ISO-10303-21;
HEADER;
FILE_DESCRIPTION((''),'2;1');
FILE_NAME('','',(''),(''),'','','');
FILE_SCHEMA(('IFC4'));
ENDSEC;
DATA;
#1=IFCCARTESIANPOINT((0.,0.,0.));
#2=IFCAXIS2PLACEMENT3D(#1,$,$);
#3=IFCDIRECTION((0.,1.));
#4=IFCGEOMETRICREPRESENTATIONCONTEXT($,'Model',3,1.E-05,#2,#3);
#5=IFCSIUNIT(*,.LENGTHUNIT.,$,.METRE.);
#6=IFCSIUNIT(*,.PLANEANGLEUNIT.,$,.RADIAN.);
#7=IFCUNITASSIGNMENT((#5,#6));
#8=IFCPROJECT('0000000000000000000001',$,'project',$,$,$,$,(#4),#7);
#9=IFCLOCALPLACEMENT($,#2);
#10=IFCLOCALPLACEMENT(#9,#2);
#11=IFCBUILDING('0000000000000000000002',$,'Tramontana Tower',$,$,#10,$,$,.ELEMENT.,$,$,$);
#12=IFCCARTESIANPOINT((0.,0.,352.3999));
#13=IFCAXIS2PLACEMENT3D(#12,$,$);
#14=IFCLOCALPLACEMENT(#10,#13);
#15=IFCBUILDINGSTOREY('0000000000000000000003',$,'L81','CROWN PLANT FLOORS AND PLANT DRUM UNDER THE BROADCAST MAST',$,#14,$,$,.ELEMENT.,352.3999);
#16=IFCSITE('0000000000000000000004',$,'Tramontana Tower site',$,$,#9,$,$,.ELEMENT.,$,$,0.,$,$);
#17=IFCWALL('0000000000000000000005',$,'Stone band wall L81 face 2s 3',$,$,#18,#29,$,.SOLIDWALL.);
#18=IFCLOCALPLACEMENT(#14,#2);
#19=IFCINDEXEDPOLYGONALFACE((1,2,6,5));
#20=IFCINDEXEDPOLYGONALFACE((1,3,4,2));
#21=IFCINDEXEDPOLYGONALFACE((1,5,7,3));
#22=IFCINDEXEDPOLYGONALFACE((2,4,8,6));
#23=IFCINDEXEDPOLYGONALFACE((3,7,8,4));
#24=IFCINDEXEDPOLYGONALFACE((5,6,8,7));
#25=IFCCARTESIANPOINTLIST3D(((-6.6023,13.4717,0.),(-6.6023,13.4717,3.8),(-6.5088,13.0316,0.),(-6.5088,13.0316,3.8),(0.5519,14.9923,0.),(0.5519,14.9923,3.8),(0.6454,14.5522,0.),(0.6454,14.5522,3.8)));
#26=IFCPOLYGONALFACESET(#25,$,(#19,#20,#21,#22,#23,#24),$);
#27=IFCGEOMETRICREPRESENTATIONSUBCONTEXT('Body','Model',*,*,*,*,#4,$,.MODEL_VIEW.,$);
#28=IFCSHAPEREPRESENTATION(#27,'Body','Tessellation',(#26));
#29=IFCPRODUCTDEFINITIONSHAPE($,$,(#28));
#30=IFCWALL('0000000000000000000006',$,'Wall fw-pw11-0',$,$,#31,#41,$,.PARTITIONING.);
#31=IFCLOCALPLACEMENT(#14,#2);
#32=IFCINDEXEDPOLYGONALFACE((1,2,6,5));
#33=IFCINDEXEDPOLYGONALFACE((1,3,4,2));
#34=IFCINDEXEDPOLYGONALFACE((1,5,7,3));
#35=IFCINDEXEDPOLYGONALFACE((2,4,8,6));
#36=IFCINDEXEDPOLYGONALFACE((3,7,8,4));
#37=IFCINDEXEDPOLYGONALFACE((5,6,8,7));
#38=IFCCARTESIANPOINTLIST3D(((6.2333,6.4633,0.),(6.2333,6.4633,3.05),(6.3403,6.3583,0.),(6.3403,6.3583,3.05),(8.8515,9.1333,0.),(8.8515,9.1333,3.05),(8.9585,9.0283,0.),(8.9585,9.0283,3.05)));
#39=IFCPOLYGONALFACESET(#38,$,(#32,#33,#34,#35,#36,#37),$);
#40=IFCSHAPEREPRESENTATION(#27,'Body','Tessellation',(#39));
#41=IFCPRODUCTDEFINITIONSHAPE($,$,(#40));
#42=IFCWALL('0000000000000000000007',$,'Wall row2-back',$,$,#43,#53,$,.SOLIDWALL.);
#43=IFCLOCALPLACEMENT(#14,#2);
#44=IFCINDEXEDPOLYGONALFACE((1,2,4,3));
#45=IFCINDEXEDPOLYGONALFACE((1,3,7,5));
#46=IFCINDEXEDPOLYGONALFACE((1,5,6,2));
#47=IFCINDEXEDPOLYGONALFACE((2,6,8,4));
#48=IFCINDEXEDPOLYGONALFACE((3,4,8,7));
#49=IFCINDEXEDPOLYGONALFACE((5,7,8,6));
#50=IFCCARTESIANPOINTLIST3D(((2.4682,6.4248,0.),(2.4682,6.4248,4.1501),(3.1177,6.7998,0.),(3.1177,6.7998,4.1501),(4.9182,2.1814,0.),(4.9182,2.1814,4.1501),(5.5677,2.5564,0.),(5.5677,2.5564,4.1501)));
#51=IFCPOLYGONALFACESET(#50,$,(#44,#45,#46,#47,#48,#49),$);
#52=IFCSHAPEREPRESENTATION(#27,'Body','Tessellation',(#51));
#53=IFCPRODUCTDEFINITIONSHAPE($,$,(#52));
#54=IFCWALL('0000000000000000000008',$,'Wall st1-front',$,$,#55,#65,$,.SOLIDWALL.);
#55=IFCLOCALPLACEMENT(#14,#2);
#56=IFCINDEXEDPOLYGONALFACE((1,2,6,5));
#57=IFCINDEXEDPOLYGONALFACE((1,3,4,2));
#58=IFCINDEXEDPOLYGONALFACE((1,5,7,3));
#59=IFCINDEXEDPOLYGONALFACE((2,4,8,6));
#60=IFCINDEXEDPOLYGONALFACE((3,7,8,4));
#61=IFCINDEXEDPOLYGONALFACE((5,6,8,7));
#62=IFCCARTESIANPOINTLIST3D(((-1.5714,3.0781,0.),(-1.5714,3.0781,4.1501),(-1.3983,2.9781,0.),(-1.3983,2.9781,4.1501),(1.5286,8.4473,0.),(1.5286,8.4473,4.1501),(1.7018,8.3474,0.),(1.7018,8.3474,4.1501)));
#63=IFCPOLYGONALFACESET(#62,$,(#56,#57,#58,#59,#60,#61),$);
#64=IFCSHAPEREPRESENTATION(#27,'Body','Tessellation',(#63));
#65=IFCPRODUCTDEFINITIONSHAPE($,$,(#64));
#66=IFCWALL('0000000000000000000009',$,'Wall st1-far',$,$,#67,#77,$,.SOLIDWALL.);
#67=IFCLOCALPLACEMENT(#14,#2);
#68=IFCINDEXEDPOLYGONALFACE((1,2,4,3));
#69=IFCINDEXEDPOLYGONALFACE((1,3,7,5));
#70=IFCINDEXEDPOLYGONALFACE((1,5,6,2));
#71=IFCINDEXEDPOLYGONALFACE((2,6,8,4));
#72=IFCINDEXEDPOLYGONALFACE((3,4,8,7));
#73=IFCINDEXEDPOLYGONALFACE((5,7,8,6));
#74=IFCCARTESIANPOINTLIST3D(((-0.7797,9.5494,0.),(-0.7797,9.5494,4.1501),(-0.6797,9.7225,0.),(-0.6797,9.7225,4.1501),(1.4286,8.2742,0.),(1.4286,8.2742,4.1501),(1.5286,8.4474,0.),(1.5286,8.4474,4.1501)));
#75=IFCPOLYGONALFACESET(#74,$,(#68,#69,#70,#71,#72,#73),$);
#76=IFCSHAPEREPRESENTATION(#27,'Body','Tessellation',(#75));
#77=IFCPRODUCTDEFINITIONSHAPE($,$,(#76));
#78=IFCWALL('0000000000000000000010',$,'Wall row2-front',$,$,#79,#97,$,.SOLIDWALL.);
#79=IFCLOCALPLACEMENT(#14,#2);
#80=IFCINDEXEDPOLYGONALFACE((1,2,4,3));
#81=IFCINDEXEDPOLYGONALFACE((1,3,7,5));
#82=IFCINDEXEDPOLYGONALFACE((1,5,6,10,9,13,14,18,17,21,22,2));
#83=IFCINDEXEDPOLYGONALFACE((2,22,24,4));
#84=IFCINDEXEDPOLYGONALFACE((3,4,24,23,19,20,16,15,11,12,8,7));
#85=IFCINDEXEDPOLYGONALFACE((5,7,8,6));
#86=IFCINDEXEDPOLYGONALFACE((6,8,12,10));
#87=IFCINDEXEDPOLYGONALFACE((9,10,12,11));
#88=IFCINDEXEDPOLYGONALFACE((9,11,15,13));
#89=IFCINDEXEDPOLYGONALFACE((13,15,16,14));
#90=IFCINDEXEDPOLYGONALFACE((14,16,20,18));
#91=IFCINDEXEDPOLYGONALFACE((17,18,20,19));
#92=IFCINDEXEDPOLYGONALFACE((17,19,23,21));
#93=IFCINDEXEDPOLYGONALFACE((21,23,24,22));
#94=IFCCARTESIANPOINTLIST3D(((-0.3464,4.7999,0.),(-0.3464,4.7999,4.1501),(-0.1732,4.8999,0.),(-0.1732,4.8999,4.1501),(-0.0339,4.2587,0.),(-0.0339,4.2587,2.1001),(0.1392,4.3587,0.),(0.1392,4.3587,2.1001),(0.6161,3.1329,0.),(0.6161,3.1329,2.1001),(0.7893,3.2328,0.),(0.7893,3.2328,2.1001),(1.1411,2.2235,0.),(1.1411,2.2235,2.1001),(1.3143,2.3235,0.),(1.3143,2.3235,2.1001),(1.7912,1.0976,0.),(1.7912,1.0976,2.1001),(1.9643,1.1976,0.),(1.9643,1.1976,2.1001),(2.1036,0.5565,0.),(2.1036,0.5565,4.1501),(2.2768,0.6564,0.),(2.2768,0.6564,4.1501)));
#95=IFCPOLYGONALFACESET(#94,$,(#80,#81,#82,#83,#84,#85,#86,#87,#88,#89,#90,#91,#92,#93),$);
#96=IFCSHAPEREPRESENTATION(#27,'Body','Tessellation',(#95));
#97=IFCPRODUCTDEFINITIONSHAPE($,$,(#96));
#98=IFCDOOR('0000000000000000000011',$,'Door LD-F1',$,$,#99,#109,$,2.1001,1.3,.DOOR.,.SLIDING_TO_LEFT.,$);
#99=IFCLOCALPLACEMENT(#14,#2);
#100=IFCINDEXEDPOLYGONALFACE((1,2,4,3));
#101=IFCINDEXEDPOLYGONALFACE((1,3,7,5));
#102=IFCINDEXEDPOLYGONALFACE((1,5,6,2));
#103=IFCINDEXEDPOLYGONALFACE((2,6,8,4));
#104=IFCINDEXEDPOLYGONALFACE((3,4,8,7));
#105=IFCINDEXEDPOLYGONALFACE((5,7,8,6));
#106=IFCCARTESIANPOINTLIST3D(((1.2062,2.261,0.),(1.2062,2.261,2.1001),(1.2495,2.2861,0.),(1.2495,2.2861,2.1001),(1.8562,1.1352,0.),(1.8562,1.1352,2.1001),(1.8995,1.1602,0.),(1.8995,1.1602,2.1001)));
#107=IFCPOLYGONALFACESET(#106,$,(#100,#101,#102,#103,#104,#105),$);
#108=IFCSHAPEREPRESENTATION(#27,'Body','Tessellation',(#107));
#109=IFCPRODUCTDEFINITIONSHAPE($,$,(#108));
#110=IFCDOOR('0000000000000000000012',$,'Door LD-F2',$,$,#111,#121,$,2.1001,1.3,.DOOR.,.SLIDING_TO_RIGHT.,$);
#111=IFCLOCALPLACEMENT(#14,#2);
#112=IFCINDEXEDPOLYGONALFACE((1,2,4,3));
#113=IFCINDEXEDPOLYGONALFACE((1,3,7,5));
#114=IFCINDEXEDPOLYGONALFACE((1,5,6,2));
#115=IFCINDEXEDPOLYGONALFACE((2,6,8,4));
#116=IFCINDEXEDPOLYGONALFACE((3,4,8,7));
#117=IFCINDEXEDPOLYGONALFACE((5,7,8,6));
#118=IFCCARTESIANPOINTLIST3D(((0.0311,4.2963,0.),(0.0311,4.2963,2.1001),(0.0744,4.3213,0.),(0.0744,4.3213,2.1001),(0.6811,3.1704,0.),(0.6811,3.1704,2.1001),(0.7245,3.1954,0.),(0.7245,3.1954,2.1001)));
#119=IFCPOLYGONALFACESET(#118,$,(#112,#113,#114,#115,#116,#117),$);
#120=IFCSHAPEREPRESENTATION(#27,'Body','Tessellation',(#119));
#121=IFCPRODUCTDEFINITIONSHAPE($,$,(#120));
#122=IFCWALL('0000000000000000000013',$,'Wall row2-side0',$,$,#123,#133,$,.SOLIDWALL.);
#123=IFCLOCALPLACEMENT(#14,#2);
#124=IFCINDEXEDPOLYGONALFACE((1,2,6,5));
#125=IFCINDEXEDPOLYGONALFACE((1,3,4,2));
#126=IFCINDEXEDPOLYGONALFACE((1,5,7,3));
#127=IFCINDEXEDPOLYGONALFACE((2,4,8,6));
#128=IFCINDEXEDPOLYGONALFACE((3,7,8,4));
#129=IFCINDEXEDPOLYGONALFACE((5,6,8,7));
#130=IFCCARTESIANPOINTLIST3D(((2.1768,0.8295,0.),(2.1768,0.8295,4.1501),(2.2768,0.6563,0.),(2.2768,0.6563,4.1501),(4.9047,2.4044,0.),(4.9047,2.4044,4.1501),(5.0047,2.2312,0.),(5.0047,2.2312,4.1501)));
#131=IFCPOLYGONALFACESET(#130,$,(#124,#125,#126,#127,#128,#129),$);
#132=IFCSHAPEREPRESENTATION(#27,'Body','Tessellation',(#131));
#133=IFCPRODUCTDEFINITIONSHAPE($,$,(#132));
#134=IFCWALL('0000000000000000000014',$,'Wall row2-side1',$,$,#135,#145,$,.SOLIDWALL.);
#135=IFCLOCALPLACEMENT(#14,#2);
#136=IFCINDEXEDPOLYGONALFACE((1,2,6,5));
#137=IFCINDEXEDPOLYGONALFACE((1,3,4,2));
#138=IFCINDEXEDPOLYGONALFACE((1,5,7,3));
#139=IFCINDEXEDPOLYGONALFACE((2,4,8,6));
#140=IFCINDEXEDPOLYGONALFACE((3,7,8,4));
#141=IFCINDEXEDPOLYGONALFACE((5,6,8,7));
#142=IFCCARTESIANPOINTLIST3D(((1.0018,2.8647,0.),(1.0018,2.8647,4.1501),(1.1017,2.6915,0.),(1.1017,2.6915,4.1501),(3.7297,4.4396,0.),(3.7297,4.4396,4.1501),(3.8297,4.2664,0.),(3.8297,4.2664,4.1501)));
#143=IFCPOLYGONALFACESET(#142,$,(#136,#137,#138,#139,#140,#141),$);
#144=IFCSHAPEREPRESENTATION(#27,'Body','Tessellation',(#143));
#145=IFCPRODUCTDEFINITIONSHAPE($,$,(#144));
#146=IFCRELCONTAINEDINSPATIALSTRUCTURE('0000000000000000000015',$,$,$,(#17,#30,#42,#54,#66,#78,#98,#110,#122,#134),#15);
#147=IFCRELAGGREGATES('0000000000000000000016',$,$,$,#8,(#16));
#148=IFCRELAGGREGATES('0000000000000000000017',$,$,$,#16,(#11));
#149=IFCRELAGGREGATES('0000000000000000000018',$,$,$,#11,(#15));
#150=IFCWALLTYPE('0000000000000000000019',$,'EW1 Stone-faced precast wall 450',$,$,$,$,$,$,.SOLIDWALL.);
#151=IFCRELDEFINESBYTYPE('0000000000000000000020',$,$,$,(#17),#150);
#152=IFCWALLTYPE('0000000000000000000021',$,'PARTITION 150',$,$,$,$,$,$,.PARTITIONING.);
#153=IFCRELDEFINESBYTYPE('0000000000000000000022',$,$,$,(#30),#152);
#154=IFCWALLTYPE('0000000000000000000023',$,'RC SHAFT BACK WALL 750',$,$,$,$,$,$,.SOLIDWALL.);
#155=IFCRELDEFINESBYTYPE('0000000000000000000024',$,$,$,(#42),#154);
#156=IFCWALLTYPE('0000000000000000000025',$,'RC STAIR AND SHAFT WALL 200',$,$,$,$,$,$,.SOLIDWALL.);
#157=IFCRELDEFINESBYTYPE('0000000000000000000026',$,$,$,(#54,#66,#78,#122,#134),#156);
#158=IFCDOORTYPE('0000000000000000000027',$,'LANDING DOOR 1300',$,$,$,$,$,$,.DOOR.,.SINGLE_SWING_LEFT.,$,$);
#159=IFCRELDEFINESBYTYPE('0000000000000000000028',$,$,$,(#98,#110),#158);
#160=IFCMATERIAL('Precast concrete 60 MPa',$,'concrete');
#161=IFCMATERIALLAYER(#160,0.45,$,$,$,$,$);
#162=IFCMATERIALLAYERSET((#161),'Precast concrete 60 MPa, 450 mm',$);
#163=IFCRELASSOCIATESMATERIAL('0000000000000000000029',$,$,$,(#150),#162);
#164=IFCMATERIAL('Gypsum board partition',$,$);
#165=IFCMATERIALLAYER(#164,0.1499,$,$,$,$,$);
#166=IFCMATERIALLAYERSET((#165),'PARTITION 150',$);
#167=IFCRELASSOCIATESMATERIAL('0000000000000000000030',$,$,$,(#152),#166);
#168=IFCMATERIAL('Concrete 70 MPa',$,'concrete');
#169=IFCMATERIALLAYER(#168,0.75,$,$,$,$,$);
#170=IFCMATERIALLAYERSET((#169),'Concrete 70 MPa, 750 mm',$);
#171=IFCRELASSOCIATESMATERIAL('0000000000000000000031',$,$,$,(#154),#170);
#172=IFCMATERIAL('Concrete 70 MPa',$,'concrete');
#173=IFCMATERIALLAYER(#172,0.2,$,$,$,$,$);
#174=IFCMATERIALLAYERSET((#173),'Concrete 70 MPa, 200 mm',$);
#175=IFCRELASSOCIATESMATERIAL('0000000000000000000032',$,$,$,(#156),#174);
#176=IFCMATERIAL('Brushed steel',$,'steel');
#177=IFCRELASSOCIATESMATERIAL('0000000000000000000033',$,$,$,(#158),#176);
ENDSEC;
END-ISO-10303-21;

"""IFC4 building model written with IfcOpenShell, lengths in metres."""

from ifc_helpers import new_model, si_unit, direction, frame, frame_2d, origin, place, context, subcontext, project, spatial, rectangle, extrude, material, layer, layer_set, type_object, element, fill, save


model = new_model("IFC4")

# Units and contexts
model_context = context("Model", 3, precision=1e-05, world=origin(), true_north=direction((0.0, 1.0)))
body_context = subcontext(model_context, "Body", "Model", "MODEL_VIEW")
ifc_project = project(units=[si_unit("LENGTHUNIT", "METRE"), si_unit("PLANEANGLEUNIT", "RADIAN")], contexts=[model_context])

# Site, building, storey
site_placement = place(None, origin())
site = spatial("IfcSite", under=ifc_project, at=site_placement, Name="Tramontana Tower site", CompositionType="ELEMENT", RefElevation=0.0)
building_placement = place(site_placement, origin())
building = spatial("IfcBuilding", under=site, at=building_placement, Name="Tramontana Tower", CompositionType="ELEMENT")
storey_placement = place(building_placement, frame((0.0, 0.0, 352.3999)))
storey = spatial("IfcBuildingStorey", under=building, at=storey_placement, Name="L81", Description="CROWN PLANT FLOORS AND PLANT DRUM UNDER THE BROADCAST MAST", CompositionType="ELEMENT", Elevation=352.3999)

# Walls
ifc_material_1 = material(Name="Precast concrete 60 MPa", Category="concrete")
ifc_layer_1 = layer(ifc_material_1, 0.45)
ifc_layer_set_1 = layer_set([ifc_layer_1], Name="Precast concrete 60 MPa, 450 mm")
wall_type_1 = type_object("IfcWallType", Name="EW1 Stone-faced precast wall 450", PredefinedType="SOLIDWALL", material=ifc_layer_set_1)
wall_1_placement = place(storey_placement, frame((0.5986, 14.7722, 0.0), z_axis=(0.0, 0.0, 1.0), x_axis=(-0.978151, -0.207894, 0.0)))
element("IfcWall", 1, at=wall_1_placement, inside=storey, type_object=wall_type_1, Name="Stone band wall L81 face 2s 3", PredefinedType="SOLIDWALL", context=body_context, shape_type="SweptSolid", body=[
    extrude(rectangle(XDim=7.314, YDim=0.45, at=frame_2d((3.657, 0.0))), origin(), (0.0, 0.0, 1.0), 3.8),
])
ifc_material_2 = material(Name="Gypsum board partition")
ifc_layer_2 = layer(ifc_material_2, 0.1499)
ifc_layer_set_2 = layer_set([ifc_layer_2], Name="PARTITION 150")
wall_type_2 = type_object("IfcWallType", Name="PARTITION 150", PredefinedType="PARTITIONING", material=ifc_layer_set_2)
wall_2_placement = place(storey_placement, frame((6.2869, 6.4109, 0.0), z_axis=(0.0, 0.0, 1.0), x_axis=(0.700152, 0.713993, 0.0)))
element("IfcWall", 2, at=wall_2_placement, inside=storey, type_object=wall_type_2, Name="Wall fw-pw11-0", PredefinedType="PARTITIONING", context=body_context, shape_type="SweptSolid", body=[
    extrude(rectangle(XDim=3.7395, YDim=0.1499, at=frame_2d((1.8696, 0.0))), origin(), (0.0, 0.0, 1.0), 3.05),
])
ifc_material_3 = material(Name="Concrete 70 MPa", Category="concrete")
ifc_layer_3 = layer(ifc_material_3, 0.75)
ifc_layer_set_3 = layer_set([ifc_layer_3], Name="Concrete 70 MPa, 750 mm")
wall_type_3 = type_object("IfcWallType", Name="RC SHAFT BACK WALL 750", PredefinedType="SOLIDWALL", material=ifc_layer_set_3)
wall_3_placement = place(storey_placement, frame((5.2429, 2.3689, 0.0), z_axis=(0.0, 0.0, 1.0), x_axis=(-0.500003, 0.866024, 0.0)))
element("IfcWall", 3, at=wall_3_placement, inside=storey, type_object=wall_type_3, Name="Wall row2-back", PredefinedType="SOLIDWALL", context=body_context, shape_type="SweptSolid", body=[
    extrude(rectangle(XDim=4.8999, YDim=0.75, at=frame_2d((2.45, 0.0))), origin(), (0.0, 0.0, 1.0), 4.1501),
])
ifc_material_4 = material(Name="Concrete 70 MPa", Category="concrete")
ifc_layer_4 = layer(ifc_material_4, 0.2)
ifc_layer_set_4 = layer_set([ifc_layer_4], Name="Concrete 70 MPa, 200 mm")
wall_type_4 = type_object("IfcWallType", Name="RC STAIR AND SHAFT WALL 200", PredefinedType="SOLIDWALL", material=ifc_layer_set_4)
wall_4_placement = place(storey_placement, frame((1.6152, 8.3975, 0.0), z_axis=(0.0, 0.0, 1.0), x_axis=(-0.50001, -0.86602, 0.0)))
element("IfcWall", 4, at=wall_4_placement, inside=storey, type_object=wall_type_4, Name="Wall st1-front", PredefinedType="SOLIDWALL", context=body_context, shape_type="SweptSolid", body=[
    extrude(rectangle(XDim=6.2, YDim=0.2, at=frame_2d((3.1001, 0.0))), origin(), (0.0, 0.0, 1.0), 4.1501),
])
wall_5_placement = place(storey_placement, frame((1.4785, 8.3608, 0.0), z_axis=(0.0, 0.0, 1.0), x_axis=(-0.865989, 0.500062, 0.0)))
element("IfcWall", 5, at=wall_5_placement, inside=storey, type_object=wall_type_4, Name="Wall st1-far", PredefinedType="SOLIDWALL", context=body_context, shape_type="SweptSolid", body=[
    extrude(rectangle(XDim=2.55, YDim=0.2, at=frame_2d((1.2749, 0.0))), origin(), (0.0, 0.0, 1.0), 4.1501),
])

# Wall, openings, doors
wall_6_placement = place(storey_placement, frame((2.1902, 0.6064, 0.0), z_axis=(0.0, 0.0, 1.0), x_axis=(-0.500003, 0.866024, 0.0)))
wall_6 = element("IfcWall", 6, at=wall_6_placement, inside=storey, type_object=wall_type_4, Name="Wall row2-front", PredefinedType="SOLIDWALL", context=body_context, shape_type="SweptSolid", body=[
    extrude(rectangle(XDim=4.8999, YDim=0.2, at=frame_2d((2.45, 0.0))), origin(), (0.0, 0.0, 1.0), 4.1501),
])
opening_1_placement = place(wall_6_placement, frame((0.625, 0.0, 0.0)))
opening_1 = element("IfcOpeningElement", 7, at=opening_1_placement, cuts=wall_6, PredefinedType="OPENING", context=body_context, shape_type="SweptSolid", body=[
    extrude(rectangle(XDim=1.3, YDim=2.1001, at=frame_2d((0.6499, 1.05))), frame((0.0, 0.1099, 0.0), z_axis=(0.0, -1.0, 0.0), x_axis=(1.0, 0.0, 0.0)), (0.0, 0.0, 1.0), 0.22),
])
opening_2_placement = place(wall_6_placement, frame((2.9751, 0.0, 0.0)))
opening_2 = element("IfcOpeningElement", 8, at=opening_2_placement, cuts=wall_6, PredefinedType="OPENING", context=body_context, shape_type="SweptSolid", body=[
    extrude(rectangle(XDim=1.3, YDim=2.1001, at=frame_2d((0.6499, 1.05))), frame((0.0, 0.1099, 0.0), z_axis=(0.0, -1.0, 0.0), x_axis=(1.0, 0.0, 0.0)), (0.0, 0.0, 1.0), 0.22),
])
ifc_material_5 = material(Name="Brushed steel", Category="steel")
door_type_1 = type_object("IfcDoorType", Name="LANDING DOOR 1300", OperationType="SINGLE_SWING_LEFT", PredefinedType="DOOR", material=ifc_material_5)
door_1_placement = place(opening_1_placement, origin())
door_1 = element("IfcDoor", 9, at=door_1_placement, inside=storey, type_object=door_type_1, Name="Door LD-F1", OperationType="SLIDING_TO_LEFT", OverallHeight=2.1001, OverallWidth=1.3, PredefinedType="DOOR", context=body_context, shape_type="SweptSolid", body=[
    extrude(rectangle(XDim=1.3, YDim=2.1001, at=frame_2d((0.6499, 1.05))), frame((0.0, 0.0249, 0.0), z_axis=(0.0, -1.0, 0.0), x_axis=(1.0, 0.0, 0.0)), (0.0, 0.0, 1.0), 0.05),
])
fill(opening_1, door_1)
door_2_placement = place(opening_2_placement, origin())
door_2 = element("IfcDoor", 10, at=door_2_placement, inside=storey, type_object=door_type_1, Name="Door LD-F2", OperationType="SLIDING_TO_RIGHT", OverallHeight=2.1001, OverallWidth=1.3, PredefinedType="DOOR", context=body_context, shape_type="SweptSolid", body=[
    extrude(rectangle(XDim=1.3, YDim=2.1001, at=frame_2d((0.6499, 1.05))), frame((0.0, 0.0249, 0.0), z_axis=(0.0, -1.0, 0.0), x_axis=(1.0, 0.0, 0.0)), (0.0, 0.0, 1.0), 0.05),
])
fill(opening_2, door_2)

# Walls
for number, where, z_axis, x_axis, name in (
    (11, (2.2268, 0.7429, 0.0), (0.0, 0.0, 1.0), (0.866036, 0.499982, 0.0), "Wall row2-side0"),
    (12, (1.0518, 2.7781, 0.0), (0.0, 0.0, 1.0), (0.866036, 0.499982, 0.0), "Wall row2-side1"),
):
    element("IfcWall", number, at=place(storey_placement, frame(where, z_axis=z_axis, x_axis=x_axis)), inside=storey, type_object=wall_type_4, Name=name, PredefinedType="SOLIDWALL", context=body_context, shape_type="SweptSolid", body=[
        extrude(rectangle(XDim=3.1499, YDim=0.2, at=frame_2d((1.575, 0.0))), origin(), (0.0, 0.0, 1.0), 4.1501),
    ])

save(model, "model.ifc")
